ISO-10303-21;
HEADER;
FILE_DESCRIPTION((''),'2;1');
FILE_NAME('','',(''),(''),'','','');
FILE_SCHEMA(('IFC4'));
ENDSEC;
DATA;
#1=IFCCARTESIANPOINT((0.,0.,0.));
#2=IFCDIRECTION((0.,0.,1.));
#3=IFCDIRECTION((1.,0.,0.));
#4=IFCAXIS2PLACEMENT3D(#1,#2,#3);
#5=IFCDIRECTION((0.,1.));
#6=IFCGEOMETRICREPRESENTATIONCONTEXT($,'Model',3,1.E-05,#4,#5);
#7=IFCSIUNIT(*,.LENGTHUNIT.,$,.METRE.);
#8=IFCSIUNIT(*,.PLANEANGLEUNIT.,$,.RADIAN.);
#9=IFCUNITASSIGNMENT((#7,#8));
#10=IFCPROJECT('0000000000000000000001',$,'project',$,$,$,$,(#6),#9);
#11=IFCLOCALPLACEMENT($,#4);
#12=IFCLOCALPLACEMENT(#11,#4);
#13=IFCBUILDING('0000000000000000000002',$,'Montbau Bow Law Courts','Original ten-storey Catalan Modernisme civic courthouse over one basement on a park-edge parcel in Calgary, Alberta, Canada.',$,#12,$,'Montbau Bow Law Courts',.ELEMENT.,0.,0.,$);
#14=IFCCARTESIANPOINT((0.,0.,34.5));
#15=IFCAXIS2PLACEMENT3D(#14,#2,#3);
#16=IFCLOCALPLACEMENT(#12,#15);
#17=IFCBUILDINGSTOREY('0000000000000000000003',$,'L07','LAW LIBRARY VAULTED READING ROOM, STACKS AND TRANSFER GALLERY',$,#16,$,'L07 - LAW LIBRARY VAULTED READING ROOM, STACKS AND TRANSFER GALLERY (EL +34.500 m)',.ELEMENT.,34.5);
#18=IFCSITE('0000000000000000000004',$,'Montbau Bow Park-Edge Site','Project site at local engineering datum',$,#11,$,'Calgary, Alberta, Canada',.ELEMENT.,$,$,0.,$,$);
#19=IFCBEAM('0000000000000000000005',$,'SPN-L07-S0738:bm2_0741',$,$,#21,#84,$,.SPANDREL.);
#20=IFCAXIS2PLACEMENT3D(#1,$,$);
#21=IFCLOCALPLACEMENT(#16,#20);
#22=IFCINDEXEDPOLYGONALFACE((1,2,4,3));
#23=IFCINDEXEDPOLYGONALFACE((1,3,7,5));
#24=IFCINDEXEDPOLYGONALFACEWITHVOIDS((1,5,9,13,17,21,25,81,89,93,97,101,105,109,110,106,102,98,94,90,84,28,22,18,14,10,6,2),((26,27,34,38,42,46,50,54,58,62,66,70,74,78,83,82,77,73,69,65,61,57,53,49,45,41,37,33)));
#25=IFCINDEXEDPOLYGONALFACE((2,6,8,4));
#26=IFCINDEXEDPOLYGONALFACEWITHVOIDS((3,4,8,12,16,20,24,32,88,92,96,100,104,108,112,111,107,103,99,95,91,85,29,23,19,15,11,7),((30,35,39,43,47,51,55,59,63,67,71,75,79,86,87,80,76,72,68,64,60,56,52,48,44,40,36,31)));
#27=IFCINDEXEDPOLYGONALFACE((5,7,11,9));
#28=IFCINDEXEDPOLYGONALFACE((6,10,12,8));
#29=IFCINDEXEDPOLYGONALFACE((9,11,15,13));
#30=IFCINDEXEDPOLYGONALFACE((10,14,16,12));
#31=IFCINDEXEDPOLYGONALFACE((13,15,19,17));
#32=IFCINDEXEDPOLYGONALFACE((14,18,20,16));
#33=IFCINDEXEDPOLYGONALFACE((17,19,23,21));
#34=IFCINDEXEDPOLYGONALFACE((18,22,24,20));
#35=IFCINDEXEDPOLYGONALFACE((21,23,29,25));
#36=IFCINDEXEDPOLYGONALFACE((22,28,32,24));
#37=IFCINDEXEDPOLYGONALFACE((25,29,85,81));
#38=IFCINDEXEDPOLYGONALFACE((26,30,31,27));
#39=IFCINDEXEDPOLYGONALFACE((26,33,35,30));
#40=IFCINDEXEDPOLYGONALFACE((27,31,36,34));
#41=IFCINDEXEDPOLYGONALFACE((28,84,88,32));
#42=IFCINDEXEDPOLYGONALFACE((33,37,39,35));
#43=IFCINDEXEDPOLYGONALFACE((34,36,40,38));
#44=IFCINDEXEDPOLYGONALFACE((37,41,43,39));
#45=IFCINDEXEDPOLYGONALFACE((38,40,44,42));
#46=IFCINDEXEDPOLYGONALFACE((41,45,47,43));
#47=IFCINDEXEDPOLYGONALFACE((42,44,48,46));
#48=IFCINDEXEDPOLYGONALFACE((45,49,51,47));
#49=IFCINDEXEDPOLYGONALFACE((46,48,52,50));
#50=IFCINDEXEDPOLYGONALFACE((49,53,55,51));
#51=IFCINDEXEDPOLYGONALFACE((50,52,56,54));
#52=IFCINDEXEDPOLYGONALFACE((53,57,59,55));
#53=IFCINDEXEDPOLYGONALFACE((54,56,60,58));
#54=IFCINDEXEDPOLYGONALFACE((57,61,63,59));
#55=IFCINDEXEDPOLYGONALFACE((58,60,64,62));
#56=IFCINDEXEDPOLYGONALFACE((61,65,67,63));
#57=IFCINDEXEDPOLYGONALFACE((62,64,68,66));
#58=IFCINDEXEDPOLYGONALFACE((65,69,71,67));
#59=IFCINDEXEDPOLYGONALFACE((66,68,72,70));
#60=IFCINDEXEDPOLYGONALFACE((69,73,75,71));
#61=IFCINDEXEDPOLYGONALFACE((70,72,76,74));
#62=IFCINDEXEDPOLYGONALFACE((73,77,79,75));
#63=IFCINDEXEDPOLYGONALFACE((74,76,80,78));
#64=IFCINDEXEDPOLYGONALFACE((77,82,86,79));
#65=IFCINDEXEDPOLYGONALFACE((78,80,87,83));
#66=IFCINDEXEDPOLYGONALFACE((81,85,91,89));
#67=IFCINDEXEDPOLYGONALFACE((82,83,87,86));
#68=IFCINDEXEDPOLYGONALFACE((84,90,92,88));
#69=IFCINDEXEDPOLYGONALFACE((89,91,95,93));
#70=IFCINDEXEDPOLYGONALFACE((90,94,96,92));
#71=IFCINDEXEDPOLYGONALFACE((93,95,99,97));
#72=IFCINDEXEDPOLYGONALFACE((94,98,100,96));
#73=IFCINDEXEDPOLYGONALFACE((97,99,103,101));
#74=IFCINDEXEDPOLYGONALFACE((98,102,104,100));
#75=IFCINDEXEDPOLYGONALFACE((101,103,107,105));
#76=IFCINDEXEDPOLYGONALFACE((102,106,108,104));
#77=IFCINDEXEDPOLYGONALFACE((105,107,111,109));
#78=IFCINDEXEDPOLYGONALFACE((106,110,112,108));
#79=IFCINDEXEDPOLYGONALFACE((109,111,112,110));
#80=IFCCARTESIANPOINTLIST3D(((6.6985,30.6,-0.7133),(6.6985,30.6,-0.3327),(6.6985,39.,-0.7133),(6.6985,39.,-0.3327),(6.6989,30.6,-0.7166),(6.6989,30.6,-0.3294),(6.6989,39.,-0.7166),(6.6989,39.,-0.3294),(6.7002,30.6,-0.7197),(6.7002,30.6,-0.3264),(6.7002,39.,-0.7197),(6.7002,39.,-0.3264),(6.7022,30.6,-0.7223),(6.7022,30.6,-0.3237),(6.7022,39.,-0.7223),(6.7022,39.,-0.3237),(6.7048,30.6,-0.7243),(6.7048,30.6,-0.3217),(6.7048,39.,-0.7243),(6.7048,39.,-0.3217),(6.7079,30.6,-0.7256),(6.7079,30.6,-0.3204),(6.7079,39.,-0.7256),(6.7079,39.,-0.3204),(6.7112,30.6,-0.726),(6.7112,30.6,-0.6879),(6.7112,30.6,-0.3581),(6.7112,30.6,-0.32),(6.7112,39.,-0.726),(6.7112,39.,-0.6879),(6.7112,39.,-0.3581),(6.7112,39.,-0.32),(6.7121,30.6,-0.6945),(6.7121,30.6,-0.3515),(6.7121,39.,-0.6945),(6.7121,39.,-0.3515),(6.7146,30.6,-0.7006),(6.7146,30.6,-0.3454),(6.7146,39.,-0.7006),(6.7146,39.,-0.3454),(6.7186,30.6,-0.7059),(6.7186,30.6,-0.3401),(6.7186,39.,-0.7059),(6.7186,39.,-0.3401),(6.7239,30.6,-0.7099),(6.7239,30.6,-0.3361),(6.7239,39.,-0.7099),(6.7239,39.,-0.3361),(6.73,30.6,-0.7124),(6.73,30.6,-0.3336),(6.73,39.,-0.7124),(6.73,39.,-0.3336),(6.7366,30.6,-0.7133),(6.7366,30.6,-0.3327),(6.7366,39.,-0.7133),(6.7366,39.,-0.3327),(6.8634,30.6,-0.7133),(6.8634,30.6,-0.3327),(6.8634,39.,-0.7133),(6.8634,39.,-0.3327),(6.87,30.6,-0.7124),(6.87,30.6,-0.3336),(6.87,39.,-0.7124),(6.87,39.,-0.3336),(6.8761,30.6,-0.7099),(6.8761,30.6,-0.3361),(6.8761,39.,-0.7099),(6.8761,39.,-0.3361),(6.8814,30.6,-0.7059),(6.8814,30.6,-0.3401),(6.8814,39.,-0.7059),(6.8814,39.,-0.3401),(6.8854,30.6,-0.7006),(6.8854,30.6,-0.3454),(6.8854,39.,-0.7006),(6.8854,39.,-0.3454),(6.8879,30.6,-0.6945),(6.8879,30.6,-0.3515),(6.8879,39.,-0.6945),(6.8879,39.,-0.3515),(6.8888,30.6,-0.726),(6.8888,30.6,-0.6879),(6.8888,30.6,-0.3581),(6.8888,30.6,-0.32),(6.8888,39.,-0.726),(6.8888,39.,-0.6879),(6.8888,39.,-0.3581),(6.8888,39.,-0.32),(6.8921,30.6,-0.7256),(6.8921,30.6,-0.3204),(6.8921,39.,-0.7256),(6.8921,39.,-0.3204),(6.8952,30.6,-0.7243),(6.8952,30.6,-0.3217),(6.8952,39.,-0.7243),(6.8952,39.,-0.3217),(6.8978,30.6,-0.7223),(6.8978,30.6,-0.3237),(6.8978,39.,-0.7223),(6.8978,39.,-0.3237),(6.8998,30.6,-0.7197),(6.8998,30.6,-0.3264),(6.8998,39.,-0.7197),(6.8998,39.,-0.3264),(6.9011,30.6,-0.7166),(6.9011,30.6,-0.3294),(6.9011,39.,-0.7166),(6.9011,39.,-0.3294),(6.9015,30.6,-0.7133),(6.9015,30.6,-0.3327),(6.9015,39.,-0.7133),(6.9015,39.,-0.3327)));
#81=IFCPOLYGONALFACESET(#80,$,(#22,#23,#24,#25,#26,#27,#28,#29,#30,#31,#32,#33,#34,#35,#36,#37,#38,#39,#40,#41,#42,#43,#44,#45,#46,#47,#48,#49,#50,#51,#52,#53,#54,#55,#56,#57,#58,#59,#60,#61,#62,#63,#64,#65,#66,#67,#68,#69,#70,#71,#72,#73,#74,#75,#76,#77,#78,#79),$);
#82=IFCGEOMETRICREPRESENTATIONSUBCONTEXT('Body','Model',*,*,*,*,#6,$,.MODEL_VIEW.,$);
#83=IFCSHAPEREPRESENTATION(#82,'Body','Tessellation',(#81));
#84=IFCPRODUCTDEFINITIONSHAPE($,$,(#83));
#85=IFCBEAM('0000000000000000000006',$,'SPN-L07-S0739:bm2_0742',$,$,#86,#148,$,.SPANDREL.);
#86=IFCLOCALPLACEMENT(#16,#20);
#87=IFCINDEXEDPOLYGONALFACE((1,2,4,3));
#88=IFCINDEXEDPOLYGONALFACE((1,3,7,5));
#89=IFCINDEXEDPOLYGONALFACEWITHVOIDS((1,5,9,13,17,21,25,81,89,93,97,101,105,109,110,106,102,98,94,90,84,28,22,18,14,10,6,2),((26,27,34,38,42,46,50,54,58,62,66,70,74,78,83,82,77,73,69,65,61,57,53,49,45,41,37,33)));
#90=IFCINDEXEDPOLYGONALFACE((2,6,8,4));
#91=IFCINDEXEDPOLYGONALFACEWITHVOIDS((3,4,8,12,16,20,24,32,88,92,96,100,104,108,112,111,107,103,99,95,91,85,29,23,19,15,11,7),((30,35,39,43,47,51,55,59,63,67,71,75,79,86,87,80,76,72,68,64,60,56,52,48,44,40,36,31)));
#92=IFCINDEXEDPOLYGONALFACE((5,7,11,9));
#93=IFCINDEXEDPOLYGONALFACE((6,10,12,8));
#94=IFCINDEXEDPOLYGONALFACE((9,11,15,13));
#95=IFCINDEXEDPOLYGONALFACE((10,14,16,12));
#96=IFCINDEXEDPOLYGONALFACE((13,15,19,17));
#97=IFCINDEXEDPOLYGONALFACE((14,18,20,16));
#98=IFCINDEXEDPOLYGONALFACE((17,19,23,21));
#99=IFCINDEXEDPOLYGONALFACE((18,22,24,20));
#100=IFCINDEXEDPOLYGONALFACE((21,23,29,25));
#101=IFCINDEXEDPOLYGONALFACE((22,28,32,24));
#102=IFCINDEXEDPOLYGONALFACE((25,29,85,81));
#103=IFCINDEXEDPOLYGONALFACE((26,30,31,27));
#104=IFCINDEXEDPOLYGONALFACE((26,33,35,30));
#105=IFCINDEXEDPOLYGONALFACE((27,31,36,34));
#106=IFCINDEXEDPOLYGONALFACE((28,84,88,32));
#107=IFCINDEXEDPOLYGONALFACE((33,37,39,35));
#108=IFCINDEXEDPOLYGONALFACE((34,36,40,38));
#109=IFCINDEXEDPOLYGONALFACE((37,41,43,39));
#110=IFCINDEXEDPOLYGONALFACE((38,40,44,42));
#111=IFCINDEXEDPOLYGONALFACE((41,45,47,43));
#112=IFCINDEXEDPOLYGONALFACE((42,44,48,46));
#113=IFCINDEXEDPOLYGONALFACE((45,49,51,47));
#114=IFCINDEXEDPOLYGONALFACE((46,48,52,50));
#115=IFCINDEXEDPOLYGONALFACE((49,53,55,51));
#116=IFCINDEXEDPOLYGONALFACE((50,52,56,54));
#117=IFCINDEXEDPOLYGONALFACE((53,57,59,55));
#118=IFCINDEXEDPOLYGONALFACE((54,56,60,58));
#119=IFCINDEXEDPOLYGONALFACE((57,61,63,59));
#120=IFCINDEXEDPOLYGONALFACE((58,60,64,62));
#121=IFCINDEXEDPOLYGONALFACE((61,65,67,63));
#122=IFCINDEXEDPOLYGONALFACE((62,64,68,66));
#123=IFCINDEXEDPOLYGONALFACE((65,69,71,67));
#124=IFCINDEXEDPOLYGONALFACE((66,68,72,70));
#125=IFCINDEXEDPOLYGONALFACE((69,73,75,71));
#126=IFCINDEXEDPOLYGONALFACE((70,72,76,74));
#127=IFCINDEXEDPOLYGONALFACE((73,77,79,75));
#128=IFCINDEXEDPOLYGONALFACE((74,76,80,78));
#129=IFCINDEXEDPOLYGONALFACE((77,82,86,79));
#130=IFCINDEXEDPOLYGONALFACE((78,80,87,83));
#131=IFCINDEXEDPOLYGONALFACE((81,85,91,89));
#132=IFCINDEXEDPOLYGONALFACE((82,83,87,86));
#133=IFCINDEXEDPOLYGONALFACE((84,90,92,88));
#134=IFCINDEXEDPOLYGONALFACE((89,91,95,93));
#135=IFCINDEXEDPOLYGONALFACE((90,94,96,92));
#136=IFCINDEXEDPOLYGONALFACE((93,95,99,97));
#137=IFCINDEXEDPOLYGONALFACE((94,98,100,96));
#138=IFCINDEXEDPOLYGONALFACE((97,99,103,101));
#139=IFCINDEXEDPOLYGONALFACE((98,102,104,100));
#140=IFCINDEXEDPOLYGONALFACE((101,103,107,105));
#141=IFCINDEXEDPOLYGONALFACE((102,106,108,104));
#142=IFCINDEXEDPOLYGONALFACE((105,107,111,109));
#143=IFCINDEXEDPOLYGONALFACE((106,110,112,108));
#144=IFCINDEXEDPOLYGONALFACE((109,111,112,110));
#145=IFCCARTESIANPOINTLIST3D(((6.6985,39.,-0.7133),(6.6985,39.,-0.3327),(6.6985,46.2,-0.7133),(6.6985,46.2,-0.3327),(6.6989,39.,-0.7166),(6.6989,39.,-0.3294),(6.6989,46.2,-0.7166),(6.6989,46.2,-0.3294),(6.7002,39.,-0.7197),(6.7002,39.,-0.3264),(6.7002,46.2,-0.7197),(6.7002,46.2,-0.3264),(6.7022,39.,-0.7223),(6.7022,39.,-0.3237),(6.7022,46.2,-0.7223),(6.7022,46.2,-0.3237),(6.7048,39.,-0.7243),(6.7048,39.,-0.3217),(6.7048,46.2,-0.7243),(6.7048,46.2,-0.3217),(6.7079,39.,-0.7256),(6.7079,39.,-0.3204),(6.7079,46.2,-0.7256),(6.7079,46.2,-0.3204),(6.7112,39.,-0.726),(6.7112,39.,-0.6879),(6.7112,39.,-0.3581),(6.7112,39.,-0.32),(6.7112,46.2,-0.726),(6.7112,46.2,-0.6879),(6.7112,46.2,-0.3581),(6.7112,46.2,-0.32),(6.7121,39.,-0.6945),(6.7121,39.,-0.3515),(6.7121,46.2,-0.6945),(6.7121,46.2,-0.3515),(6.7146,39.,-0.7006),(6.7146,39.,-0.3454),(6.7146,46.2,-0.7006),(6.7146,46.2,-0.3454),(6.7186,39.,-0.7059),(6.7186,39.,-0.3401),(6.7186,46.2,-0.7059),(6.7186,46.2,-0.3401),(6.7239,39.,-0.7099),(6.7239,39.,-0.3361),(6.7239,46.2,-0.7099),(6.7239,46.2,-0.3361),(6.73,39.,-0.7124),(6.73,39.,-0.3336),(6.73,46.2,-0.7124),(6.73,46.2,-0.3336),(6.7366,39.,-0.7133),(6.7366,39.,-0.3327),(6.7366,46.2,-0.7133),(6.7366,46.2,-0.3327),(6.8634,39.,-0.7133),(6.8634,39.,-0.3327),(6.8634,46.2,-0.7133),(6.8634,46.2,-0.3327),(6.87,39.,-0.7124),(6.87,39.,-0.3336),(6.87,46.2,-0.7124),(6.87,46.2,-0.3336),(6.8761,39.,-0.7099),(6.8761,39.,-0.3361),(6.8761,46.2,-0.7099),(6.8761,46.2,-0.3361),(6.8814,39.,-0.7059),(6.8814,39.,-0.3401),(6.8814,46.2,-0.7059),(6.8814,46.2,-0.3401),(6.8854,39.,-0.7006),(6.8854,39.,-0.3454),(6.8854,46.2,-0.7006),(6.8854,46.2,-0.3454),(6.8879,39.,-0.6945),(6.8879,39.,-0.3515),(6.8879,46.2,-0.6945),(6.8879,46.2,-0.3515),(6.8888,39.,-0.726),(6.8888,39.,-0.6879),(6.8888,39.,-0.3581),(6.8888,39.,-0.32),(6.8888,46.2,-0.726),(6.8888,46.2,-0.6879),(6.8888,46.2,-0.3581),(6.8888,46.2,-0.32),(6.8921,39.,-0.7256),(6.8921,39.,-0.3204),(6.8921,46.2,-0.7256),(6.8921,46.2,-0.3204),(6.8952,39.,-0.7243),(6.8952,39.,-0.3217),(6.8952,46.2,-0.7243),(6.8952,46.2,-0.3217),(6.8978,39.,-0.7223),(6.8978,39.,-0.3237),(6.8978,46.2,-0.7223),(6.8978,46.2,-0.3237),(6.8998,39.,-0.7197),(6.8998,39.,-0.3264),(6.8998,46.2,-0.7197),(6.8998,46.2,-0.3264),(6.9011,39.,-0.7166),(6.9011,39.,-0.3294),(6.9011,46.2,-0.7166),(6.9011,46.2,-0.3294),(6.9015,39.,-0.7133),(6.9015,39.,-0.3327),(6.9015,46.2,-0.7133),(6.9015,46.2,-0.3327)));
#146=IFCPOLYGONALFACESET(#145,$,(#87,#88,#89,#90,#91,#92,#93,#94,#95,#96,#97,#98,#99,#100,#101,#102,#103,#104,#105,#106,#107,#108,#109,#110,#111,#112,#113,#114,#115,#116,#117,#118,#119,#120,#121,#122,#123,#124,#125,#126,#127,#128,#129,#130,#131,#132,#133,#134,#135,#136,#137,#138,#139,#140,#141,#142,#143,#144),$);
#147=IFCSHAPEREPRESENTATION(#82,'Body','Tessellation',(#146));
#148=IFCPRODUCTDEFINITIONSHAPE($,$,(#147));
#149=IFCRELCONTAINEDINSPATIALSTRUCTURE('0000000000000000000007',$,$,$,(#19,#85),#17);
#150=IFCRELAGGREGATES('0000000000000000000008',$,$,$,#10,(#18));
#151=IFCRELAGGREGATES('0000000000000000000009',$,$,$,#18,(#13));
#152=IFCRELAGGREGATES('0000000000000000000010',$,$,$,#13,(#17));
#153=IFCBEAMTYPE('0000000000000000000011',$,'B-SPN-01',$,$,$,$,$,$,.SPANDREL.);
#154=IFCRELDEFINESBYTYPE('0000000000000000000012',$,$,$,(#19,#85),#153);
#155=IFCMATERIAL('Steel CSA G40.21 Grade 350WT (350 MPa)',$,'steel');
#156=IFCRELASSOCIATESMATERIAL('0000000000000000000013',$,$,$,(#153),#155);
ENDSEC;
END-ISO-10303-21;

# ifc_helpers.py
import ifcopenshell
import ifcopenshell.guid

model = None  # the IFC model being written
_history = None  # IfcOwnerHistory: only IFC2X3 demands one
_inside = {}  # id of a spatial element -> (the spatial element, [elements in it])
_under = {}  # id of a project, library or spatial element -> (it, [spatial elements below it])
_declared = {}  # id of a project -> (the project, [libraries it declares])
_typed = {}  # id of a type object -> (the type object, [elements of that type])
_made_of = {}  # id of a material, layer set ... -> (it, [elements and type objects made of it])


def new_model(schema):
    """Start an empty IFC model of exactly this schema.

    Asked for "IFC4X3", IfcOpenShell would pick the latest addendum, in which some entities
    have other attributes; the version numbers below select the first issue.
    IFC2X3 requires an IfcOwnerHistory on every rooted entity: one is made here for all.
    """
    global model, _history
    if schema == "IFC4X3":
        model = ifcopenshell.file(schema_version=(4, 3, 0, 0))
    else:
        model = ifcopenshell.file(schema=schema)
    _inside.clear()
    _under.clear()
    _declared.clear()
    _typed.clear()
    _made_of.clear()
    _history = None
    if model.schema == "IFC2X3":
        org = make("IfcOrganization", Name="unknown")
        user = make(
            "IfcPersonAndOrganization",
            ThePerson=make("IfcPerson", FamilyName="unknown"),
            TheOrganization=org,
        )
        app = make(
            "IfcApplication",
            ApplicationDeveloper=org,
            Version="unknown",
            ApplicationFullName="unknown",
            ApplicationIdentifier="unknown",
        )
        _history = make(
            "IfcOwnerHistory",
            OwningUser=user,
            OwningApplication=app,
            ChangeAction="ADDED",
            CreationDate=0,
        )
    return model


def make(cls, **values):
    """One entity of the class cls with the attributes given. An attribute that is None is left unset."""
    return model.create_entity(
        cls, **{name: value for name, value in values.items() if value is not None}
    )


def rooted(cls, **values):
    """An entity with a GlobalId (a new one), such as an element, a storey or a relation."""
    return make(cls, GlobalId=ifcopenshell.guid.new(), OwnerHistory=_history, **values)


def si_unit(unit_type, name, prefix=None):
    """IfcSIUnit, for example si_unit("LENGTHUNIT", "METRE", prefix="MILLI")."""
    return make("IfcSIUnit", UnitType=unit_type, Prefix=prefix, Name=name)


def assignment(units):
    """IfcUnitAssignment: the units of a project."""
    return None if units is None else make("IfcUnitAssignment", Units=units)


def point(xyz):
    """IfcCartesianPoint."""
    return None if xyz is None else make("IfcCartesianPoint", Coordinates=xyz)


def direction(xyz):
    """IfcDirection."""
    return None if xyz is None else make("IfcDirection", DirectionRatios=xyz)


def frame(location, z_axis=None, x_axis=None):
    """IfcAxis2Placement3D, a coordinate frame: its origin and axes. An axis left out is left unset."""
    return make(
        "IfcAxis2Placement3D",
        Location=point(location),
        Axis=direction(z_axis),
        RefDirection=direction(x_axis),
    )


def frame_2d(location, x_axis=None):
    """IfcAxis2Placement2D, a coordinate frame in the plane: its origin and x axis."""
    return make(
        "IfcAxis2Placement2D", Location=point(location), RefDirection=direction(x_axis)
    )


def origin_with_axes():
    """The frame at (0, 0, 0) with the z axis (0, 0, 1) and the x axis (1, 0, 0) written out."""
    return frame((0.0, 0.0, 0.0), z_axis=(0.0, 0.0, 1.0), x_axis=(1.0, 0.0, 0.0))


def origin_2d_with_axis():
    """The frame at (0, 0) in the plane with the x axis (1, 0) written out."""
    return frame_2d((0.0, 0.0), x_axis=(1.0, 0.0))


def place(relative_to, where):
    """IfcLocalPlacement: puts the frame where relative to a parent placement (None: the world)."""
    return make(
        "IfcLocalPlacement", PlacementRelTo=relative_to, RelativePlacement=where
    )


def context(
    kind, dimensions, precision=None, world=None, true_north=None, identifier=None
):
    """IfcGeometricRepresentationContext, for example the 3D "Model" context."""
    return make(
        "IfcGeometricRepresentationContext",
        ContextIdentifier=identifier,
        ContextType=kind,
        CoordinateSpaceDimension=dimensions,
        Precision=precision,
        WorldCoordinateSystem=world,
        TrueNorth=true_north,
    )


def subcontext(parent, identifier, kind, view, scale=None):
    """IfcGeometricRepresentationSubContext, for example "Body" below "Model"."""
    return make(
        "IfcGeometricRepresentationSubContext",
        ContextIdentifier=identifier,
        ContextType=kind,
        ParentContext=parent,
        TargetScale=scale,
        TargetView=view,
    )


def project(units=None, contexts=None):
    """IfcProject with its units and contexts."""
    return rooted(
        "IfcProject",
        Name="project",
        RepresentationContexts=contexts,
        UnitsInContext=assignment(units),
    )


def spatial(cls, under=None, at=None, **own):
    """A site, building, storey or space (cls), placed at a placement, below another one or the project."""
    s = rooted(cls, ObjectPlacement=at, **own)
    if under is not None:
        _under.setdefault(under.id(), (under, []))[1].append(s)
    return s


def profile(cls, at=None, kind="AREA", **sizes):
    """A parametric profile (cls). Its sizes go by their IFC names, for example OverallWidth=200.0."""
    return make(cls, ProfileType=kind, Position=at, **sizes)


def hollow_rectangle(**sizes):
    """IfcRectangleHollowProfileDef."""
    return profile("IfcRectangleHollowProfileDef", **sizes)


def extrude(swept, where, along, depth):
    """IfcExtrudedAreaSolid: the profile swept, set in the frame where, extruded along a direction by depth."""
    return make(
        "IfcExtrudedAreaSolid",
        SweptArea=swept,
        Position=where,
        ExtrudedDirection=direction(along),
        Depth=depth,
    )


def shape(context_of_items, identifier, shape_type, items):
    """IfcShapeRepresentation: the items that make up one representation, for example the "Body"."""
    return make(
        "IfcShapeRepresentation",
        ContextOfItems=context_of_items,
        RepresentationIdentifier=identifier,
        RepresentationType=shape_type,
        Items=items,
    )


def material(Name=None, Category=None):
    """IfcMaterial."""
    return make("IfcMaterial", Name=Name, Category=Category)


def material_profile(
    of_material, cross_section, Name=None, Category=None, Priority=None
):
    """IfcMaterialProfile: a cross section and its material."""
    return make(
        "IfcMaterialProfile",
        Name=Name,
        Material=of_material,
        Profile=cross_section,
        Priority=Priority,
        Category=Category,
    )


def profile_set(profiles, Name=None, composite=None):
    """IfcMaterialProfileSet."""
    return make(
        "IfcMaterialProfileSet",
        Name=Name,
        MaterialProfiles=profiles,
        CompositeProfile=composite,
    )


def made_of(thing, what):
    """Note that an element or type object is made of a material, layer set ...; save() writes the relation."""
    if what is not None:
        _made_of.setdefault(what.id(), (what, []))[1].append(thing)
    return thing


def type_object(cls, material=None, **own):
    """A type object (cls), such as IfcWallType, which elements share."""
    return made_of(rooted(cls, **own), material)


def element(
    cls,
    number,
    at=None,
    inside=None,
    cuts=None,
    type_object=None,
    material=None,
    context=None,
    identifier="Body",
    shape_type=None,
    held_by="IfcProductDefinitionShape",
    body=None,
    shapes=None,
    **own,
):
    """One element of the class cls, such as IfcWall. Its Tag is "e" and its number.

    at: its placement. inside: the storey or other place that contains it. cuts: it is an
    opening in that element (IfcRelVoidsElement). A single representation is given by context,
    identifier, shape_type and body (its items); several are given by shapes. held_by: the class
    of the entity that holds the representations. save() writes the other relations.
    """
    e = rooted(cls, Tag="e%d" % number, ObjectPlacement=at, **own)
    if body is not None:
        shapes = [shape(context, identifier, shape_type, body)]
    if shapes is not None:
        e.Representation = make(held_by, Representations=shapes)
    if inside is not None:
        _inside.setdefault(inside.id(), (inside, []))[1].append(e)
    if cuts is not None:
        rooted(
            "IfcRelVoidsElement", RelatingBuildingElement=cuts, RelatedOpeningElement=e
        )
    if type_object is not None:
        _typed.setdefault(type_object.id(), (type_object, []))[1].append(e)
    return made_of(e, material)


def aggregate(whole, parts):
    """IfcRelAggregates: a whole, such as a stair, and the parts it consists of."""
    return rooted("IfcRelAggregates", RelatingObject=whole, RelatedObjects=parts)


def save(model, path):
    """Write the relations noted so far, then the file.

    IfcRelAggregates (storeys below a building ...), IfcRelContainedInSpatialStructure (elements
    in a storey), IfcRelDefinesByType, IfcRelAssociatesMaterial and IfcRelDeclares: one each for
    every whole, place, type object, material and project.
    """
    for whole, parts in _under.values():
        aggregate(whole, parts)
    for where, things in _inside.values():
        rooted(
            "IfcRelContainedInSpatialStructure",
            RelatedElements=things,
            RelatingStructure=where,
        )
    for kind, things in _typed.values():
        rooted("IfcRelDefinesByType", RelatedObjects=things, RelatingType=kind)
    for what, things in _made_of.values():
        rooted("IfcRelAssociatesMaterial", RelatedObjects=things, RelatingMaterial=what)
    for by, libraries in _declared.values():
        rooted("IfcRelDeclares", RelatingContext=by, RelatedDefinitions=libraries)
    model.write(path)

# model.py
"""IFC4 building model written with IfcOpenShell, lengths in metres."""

from ifc_helpers import new_model, si_unit, direction, frame, origin_with_axes, origin_2d_with_axis, place, context, subcontext, project, spatial, hollow_rectangle, extrude, material, material_profile, profile_set, type_object, element, save


model = new_model("IFC4")

# Units and contexts
model_context = context("Model", 3, precision=1e-05, world=origin_with_axes(), true_north=direction((0.0, 1.0)))
body_context = subcontext(model_context, "Body", "Model", "MODEL_VIEW")
ifc_project = project(units=[si_unit("LENGTHUNIT", "METRE"), si_unit("PLANEANGLEUNIT", "RADIAN")], contexts=[model_context])

# Site, building, storey
site_placement = place(None, origin_with_axes())
site = spatial("IfcSite", under=ifc_project, at=site_placement, Name="Montbau Bow Park-Edge Site", Description="Project site at local engineering datum", LongName="Calgary, Alberta, Canada", CompositionType="ELEMENT", RefElevation=0.0)
building_placement = place(site_placement, origin_with_axes())
building = spatial("IfcBuilding", under=site, at=building_placement, Name="Montbau Bow Law Courts", Description="Original ten-storey Catalan Modernisme civic courthouse over one basement on a park-edge parcel in Calgary, Alberta, Canada.", LongName="Montbau Bow Law Courts", CompositionType="ELEMENT", ElevationOfRefHeight=0.0, ElevationOfTerrain=0.0)
storey_placement = place(building_placement, frame((0.0, 0.0, 34.5), z_axis=(0.0, 0.0, 1.0), x_axis=(1.0, 0.0, 0.0)))
storey = spatial("IfcBuildingStorey", under=building, at=storey_placement, Name="L07", Description="LAW LIBRARY VAULTED READING ROOM, STACKS AND TRANSFER GALLERY", LongName="L07 - LAW LIBRARY VAULTED READING ROOM, STACKS AND TRANSFER GALLERY (EL +34.500 m)", CompositionType="ELEMENT", Elevation=34.5)

# Beams
ifc_material_1 = material(Name="Steel CSA G40.21 Grade 350WT (350 MPa)", Category="steel")
ifc_material_profile_1 = material_profile(ifc_material_1, hollow_rectangle(XDim=0.203, YDim=0.406, WallThickness=0.0127, InnerFilletRadius=0.0254, OuterFilletRadius=0.0127, at=origin_2d_with_axis()), Name="HSS406X203X13", Category="Main", Priority=0)
ifc_profile_set_1 = profile_set([ifc_material_profile_1], Name="Steel CSA G40.21 Grade 350WT (350 MPa)")
beam_type_1 = type_object("IfcBeamType", Name="B-SPN-01", PredefinedType="SPANDREL", material=ifc_profile_set_1)
beam_1_placement = place(None, frame((6.8, 30.6, 33.977), z_axis=(0.0, 1.0, 0.0), x_axis=(-1.0, 0.0, 0.0)))
element("IfcBeam", 1, at=beam_1_placement, inside=storey, type_object=beam_type_1, Name="SPN-L07-S0738:bm2_0741", PredefinedType="SPANDREL", context=body_context, shape_type="SweptSolid", body=[
    extrude(hollow_rectangle(XDim=0.203, YDim=0.406, WallThickness=0.0127, InnerFilletRadius=0.0254, OuterFilletRadius=0.0127, at=origin_2d_with_axis()), origin_with_axes(), (0.0, 0.0, 1.0), 8.4),
])
beam_2_placement = place(None, frame((6.8, 39.0, 33.977), z_axis=(0.0, 1.0, 0.0), x_axis=(-1.0, 0.0, 0.0)))
element("IfcBeam", 2, at=beam_2_placement, inside=storey, type_object=beam_type_1, Name="SPN-L07-S0739:bm2_0742", PredefinedType="SPANDREL", context=body_context, shape_type="SweptSolid", body=[
    extrude(hollow_rectangle(XDim=0.203, YDim=0.406, WallThickness=0.0127, InnerFilletRadius=0.0254, OuterFilletRadius=0.0127, at=origin_2d_with_axis()), origin_with_axes(), (0.0, 0.0, 1.0), 7.2),
])

save(model, "model.ifc")
